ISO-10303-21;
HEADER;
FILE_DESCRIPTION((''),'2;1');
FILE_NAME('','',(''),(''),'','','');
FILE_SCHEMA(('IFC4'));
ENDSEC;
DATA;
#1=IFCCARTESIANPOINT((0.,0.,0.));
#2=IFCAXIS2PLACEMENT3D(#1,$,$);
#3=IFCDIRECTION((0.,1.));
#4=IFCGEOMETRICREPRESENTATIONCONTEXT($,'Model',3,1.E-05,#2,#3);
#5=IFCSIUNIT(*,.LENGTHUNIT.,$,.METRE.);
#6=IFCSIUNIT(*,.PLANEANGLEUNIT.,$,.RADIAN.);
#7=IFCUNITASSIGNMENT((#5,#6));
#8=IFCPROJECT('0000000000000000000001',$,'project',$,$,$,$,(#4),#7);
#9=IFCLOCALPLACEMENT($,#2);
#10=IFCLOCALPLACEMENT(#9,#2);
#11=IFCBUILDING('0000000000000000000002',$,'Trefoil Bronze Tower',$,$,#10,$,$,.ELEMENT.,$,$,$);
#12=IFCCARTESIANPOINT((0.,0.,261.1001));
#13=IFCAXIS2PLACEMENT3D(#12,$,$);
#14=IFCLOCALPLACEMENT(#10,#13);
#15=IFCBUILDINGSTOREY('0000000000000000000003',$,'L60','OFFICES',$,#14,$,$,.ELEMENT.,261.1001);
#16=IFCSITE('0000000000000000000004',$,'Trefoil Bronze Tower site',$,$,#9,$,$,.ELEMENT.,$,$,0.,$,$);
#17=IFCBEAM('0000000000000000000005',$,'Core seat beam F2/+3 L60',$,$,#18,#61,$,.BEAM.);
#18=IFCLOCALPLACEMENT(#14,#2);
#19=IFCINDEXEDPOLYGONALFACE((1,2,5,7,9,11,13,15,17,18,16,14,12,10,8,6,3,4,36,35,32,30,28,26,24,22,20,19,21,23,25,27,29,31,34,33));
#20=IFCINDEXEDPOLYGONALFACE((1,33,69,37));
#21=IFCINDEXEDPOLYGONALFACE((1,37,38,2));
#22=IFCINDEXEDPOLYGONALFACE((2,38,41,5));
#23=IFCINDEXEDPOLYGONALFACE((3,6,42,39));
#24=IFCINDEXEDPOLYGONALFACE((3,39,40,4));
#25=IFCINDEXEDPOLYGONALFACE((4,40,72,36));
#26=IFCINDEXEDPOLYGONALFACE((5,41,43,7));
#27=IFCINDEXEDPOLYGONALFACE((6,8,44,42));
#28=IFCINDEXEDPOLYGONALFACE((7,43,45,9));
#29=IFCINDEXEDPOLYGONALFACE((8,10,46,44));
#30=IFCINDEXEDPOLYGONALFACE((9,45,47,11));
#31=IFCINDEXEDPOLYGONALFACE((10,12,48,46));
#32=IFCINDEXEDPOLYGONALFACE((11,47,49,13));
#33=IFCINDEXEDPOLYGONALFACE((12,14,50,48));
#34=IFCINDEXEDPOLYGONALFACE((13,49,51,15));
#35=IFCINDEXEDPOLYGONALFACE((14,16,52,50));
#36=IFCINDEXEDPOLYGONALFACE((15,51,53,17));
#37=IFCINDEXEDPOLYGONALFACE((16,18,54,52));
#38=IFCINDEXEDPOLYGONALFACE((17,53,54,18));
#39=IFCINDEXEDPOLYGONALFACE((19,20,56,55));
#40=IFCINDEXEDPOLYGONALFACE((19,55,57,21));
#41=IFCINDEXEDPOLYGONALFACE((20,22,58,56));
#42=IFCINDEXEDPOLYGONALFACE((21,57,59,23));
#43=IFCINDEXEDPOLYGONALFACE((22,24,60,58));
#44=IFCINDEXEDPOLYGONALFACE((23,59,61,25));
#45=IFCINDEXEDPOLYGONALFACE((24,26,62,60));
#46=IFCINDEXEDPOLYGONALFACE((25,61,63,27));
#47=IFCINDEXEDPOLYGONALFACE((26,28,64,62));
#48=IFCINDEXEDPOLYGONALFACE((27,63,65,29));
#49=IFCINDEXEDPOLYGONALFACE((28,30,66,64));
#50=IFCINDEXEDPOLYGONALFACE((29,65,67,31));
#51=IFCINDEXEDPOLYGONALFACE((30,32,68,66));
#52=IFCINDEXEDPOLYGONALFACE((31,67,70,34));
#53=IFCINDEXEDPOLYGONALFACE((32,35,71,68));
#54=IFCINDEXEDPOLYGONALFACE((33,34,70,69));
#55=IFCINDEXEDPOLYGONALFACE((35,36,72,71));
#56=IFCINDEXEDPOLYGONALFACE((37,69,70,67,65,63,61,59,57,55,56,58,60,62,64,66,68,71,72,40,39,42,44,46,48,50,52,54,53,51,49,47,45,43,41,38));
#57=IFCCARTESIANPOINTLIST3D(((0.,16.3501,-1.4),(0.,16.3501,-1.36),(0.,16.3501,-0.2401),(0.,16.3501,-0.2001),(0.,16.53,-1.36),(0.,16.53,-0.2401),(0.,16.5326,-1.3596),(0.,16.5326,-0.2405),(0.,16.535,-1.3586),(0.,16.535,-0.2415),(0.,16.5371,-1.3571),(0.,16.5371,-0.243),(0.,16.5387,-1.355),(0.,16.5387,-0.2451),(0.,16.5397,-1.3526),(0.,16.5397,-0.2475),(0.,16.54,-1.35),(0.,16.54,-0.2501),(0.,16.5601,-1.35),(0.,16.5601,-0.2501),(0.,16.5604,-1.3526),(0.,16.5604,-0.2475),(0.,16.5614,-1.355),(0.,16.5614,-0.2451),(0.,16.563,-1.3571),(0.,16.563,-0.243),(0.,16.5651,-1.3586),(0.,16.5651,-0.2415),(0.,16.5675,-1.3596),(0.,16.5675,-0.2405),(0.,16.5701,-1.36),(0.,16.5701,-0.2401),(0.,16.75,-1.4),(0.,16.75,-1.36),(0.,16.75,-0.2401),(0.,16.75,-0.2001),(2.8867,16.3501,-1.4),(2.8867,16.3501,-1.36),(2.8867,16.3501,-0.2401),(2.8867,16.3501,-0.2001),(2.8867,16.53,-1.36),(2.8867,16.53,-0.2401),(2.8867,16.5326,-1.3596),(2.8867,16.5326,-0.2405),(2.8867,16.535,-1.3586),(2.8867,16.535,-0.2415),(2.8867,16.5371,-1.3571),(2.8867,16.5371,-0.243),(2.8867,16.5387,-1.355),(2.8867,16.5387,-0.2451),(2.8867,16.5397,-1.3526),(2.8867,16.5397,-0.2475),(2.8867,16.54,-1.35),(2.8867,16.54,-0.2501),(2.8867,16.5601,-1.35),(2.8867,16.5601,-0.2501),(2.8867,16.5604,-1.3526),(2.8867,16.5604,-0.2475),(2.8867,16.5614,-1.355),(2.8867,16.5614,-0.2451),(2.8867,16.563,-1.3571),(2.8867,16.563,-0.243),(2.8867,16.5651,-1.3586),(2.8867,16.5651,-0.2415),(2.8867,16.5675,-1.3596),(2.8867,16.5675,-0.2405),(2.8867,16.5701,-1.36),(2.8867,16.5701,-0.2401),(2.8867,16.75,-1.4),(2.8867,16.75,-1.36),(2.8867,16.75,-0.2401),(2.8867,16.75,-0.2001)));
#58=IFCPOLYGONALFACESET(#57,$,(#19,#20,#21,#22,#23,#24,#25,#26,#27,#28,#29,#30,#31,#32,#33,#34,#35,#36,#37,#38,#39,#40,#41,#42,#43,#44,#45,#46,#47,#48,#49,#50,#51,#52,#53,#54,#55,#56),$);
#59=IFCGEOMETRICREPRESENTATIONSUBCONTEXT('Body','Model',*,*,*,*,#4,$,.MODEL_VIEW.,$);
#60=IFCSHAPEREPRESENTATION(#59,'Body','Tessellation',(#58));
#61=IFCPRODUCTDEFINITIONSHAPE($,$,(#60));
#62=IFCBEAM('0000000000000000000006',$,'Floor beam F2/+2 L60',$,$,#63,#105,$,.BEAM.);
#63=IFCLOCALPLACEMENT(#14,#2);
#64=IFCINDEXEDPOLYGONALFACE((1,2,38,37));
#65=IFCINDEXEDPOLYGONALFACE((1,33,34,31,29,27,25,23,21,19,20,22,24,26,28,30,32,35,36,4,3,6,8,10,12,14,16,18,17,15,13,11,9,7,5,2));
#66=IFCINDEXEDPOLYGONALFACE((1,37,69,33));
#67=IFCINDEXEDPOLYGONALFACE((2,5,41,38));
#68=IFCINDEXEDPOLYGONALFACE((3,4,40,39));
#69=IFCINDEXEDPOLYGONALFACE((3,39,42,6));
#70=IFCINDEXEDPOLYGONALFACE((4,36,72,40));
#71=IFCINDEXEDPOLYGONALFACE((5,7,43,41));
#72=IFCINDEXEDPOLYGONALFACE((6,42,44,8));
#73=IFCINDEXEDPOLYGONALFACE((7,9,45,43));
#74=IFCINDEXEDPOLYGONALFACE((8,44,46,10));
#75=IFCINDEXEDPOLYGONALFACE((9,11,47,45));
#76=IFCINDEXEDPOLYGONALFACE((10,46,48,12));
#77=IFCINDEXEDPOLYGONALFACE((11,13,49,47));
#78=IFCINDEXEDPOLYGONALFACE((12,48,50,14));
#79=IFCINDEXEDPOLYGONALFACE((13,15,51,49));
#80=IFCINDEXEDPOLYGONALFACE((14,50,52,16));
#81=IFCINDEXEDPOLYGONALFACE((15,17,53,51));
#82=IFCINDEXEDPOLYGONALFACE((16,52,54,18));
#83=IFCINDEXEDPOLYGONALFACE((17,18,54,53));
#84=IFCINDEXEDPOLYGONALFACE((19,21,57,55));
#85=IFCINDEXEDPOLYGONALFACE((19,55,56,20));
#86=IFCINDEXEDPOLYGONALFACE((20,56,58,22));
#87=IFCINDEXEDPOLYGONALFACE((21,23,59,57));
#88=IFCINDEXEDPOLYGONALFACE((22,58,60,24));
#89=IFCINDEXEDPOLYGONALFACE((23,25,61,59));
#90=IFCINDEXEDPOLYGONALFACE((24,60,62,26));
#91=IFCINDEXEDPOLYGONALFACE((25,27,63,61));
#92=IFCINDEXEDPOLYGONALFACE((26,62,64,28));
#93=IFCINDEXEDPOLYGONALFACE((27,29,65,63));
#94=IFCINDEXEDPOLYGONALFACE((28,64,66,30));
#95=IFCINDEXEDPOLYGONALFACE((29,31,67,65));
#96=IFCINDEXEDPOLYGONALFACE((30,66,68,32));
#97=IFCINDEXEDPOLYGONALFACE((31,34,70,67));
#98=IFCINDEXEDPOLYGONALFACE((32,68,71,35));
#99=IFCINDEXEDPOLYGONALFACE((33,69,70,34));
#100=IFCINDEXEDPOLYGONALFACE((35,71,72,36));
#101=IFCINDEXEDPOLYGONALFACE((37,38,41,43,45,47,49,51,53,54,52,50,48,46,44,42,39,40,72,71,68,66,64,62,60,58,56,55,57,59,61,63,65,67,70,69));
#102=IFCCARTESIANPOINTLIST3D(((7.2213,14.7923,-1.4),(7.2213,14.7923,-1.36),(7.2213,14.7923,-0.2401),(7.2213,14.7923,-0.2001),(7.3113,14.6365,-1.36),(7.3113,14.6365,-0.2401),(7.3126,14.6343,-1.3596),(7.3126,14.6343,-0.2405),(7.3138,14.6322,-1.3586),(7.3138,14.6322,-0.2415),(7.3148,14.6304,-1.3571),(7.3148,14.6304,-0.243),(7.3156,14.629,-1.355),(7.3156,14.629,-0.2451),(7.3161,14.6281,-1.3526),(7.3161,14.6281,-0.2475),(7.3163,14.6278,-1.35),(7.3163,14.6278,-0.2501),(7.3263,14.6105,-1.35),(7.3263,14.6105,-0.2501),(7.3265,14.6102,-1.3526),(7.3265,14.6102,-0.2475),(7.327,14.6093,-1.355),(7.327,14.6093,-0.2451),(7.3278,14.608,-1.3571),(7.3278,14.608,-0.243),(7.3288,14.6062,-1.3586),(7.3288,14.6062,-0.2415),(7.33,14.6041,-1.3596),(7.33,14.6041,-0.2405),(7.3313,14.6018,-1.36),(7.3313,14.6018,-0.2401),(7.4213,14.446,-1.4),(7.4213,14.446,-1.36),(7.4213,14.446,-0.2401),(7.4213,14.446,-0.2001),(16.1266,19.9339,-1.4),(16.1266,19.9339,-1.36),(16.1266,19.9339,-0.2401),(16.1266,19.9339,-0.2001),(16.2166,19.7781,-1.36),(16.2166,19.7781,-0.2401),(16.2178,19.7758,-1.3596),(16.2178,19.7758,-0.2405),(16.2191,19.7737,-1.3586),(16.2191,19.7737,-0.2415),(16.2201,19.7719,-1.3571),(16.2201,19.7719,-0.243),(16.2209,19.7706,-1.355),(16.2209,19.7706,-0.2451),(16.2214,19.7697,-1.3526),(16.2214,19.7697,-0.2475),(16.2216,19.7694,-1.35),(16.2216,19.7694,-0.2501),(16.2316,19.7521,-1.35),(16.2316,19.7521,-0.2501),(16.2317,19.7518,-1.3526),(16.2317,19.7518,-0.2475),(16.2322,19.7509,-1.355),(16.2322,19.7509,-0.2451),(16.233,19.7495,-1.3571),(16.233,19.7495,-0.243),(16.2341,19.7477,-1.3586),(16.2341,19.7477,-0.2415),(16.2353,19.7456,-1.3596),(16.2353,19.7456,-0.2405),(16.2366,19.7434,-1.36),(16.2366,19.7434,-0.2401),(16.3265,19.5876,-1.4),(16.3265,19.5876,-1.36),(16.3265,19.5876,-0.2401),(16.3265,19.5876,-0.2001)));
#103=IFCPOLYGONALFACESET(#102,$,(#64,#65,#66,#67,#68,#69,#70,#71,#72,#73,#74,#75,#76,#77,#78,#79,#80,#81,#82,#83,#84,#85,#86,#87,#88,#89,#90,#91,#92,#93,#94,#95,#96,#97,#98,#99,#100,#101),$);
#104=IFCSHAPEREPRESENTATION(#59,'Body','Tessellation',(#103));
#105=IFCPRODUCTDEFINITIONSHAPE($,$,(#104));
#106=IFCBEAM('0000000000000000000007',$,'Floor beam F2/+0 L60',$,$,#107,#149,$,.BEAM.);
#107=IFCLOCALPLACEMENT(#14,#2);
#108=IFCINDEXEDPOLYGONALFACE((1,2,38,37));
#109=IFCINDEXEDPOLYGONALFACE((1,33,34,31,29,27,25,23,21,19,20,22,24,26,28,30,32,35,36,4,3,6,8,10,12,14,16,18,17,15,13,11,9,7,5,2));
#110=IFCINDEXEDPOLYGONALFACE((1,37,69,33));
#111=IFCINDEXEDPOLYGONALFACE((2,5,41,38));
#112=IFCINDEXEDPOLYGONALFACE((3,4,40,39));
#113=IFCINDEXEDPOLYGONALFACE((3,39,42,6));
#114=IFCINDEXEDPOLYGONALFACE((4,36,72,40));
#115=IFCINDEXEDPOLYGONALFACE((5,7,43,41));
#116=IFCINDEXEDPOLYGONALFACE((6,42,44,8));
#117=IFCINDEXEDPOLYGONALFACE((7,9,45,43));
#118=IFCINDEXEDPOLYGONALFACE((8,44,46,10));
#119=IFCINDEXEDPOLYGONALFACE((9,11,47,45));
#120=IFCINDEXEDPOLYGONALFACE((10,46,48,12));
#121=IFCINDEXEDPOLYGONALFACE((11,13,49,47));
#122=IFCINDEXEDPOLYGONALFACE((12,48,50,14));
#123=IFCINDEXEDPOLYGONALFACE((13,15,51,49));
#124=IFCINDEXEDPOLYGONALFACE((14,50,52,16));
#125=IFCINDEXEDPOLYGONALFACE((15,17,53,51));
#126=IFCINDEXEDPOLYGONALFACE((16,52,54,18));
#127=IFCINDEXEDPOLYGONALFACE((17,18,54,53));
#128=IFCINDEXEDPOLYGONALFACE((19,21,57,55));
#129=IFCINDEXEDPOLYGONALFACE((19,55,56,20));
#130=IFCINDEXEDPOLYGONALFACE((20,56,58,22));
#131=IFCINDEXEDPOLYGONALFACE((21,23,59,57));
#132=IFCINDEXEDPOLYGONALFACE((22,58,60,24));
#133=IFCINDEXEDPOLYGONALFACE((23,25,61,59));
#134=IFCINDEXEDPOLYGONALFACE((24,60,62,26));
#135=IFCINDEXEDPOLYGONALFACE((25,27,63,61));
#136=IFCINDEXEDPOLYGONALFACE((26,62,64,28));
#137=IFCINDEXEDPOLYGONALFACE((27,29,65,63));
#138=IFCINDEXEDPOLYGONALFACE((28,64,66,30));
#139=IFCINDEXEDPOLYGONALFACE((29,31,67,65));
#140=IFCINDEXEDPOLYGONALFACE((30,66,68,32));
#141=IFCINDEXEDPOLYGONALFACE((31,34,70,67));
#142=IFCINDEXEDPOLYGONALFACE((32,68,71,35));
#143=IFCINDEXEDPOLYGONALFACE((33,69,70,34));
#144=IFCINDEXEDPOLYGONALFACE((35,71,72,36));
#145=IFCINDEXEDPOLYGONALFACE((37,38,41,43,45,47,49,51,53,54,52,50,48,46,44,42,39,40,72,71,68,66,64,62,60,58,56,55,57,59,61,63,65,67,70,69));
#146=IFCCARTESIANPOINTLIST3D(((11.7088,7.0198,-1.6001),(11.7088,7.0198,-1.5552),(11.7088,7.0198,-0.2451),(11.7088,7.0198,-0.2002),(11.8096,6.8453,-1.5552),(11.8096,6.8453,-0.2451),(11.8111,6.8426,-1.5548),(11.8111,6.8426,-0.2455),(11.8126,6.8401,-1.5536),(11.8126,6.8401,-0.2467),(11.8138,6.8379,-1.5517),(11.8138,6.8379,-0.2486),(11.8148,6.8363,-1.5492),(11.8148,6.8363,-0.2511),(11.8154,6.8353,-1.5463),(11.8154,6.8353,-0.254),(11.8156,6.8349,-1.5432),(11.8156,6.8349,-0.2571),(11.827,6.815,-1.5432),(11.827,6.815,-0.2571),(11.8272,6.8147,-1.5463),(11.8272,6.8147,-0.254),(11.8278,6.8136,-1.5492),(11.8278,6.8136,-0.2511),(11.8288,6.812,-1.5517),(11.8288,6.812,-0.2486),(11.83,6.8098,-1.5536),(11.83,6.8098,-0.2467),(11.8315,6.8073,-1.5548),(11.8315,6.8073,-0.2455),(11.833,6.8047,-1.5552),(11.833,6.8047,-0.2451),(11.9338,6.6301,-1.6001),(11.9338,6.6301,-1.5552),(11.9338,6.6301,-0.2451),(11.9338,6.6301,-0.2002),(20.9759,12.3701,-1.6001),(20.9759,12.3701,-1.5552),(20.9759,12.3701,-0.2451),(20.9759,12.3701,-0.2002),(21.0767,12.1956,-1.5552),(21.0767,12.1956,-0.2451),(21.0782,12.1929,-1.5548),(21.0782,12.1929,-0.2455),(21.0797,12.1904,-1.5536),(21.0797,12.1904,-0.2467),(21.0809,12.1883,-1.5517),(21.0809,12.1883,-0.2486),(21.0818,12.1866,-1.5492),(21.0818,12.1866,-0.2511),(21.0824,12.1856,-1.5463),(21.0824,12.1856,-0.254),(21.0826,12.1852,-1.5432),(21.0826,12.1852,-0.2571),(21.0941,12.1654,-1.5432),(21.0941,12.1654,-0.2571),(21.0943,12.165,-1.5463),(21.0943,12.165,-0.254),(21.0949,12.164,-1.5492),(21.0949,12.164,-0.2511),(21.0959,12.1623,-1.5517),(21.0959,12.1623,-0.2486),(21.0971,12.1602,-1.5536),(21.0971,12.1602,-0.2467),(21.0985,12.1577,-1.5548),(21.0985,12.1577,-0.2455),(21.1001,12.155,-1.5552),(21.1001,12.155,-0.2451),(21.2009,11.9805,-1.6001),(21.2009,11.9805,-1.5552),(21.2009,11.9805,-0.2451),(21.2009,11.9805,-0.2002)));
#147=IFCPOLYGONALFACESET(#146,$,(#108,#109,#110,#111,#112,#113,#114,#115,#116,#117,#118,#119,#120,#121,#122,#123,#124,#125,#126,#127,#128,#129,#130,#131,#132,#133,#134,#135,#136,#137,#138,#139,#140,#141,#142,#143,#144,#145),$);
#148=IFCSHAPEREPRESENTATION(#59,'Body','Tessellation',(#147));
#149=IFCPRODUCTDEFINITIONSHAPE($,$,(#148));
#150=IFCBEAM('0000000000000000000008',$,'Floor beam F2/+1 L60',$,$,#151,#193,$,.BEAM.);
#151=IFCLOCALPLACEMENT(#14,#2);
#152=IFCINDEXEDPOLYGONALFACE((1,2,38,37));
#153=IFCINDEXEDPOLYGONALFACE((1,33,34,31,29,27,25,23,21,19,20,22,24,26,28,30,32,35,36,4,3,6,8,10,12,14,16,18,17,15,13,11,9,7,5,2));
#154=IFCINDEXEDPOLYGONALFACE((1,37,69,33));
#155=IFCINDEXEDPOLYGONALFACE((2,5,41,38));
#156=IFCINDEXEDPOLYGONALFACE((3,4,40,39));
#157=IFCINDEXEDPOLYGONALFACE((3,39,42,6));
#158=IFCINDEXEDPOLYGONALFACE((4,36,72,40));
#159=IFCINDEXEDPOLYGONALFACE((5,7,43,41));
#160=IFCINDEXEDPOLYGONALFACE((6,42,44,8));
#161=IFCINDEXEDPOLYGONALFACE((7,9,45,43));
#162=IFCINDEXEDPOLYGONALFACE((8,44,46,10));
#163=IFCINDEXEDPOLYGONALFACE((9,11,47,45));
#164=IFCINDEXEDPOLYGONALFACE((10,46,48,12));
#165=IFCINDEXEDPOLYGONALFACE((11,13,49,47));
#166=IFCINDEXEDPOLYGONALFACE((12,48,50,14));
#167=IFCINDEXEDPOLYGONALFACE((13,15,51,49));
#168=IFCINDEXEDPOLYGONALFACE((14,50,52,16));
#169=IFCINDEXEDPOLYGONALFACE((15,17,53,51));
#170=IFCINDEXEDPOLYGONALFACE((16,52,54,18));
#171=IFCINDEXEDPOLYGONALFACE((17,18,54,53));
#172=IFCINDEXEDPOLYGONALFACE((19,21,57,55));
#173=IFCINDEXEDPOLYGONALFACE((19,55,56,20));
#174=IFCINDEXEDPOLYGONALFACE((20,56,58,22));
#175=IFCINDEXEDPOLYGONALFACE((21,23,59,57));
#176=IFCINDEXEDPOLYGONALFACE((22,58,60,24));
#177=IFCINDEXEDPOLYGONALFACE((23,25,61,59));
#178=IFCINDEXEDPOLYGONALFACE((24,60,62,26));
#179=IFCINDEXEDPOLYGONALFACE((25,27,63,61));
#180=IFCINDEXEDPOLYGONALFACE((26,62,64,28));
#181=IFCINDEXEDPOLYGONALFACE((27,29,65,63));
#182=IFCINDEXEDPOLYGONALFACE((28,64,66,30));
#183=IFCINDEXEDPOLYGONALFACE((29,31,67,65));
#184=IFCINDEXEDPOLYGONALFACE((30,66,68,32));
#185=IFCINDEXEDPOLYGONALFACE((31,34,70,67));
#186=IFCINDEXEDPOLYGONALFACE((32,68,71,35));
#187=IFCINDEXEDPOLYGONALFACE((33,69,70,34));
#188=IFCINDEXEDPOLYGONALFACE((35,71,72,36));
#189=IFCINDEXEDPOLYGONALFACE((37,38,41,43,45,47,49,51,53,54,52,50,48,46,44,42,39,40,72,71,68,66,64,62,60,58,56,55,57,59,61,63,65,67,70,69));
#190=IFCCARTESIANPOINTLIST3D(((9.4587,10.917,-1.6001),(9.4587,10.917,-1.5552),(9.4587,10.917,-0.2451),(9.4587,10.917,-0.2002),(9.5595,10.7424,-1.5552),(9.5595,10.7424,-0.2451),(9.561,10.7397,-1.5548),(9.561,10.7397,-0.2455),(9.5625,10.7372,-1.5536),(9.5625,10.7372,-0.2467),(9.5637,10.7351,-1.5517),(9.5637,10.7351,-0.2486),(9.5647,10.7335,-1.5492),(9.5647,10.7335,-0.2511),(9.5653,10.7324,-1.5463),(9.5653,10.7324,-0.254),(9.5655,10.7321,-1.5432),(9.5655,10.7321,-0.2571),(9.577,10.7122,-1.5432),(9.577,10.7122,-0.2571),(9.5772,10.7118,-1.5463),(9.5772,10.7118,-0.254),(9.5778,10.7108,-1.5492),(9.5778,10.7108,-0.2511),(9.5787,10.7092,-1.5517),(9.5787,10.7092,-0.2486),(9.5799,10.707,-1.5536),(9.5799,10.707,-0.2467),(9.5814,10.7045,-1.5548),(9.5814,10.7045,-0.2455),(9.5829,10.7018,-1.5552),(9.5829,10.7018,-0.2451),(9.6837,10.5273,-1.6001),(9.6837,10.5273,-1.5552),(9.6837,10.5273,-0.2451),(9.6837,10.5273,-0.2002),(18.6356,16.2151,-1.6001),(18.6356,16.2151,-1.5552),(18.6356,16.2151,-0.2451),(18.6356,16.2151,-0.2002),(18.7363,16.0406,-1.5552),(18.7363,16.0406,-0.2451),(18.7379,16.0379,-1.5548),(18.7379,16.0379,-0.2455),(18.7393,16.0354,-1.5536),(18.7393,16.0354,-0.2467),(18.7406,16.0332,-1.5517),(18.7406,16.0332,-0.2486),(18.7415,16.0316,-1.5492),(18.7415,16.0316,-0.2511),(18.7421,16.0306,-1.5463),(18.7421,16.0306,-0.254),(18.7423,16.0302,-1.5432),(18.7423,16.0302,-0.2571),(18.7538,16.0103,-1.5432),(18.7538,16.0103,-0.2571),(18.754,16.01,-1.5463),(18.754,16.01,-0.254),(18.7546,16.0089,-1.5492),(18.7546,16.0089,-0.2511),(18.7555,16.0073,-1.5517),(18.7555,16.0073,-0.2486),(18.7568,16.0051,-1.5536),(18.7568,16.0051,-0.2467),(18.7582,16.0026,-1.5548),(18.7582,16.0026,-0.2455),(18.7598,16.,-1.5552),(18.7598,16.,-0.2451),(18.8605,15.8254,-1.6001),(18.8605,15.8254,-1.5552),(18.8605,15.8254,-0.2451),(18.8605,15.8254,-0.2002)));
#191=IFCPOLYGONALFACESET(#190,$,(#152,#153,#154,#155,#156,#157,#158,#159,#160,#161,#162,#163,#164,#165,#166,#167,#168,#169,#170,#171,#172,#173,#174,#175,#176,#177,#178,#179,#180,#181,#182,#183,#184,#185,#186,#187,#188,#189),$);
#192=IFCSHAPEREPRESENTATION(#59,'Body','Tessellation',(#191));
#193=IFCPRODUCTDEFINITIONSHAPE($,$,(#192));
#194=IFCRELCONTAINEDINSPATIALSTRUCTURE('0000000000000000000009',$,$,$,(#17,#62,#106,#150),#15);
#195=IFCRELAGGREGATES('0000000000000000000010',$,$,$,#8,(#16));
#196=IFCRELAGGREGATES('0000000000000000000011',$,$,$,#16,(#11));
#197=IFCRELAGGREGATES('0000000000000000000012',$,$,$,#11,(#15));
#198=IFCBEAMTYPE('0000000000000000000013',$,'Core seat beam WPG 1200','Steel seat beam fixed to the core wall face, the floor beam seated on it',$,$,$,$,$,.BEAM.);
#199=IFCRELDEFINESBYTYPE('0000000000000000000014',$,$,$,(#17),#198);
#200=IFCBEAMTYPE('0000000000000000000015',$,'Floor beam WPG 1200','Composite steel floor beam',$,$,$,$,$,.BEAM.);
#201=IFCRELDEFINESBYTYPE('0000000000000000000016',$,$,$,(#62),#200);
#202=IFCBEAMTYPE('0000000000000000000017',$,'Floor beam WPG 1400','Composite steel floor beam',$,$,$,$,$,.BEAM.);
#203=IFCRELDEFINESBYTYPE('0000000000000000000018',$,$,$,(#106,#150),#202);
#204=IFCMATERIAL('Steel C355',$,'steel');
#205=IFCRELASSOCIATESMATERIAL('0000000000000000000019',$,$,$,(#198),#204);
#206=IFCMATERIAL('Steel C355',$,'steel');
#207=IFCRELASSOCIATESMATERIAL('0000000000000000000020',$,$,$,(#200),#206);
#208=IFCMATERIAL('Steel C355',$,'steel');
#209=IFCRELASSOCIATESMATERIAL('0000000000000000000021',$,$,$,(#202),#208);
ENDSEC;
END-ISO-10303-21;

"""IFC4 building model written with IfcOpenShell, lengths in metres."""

from ifc_helpers import new_model, si_unit, direction, frame, origin, origin_2d, place, context, subcontext, project, spatial, i_section, extrude, material, material_profile, profile_set, type_object, element, save


model = new_model("IFC4")

# Units and contexts
model_context = context("Model", 3, precision=1e-05, world=origin(), true_north=direction((0.0, 1.0)))
body_context = subcontext(model_context, "Body", "Model", "MODEL_VIEW")
ifc_project = project(units=[si_unit("LENGTHUNIT", "METRE"), si_unit("PLANEANGLEUNIT", "RADIAN")], contexts=[model_context])

# Site, building, storey
site_placement = place(None, origin())
site = spatial("IfcSite", under=ifc_project, at=site_placement, Name="Trefoil Bronze Tower site", CompositionType="ELEMENT", RefElevation=0.0)
building_placement = place(site_placement, origin())
building = spatial("IfcBuilding", under=site, at=building_placement, Name="Trefoil Bronze Tower", CompositionType="ELEMENT")
storey_placement = place(building_placement, frame((0.0, 0.0, 261.1001)))
storey = spatial("IfcBuildingStorey", under=building, at=storey_placement, Name="L60", Description="OFFICES", CompositionType="ELEMENT", Elevation=261.1001)

# Beams
ifc_material_1 = material(Name="Steel C355", Category="steel")
ifc_material_profile_1 = material_profile(ifc_material_1, i_section(OverallWidth=0.3999, OverallDepth=1.2, WebThickness=0.02, FlangeThickness=0.04, FilletRadius=0.01, at=origin_2d()), Name="WPG 1200")
ifc_profile_set_1 = profile_set([ifc_material_profile_1], Name="Steel C355")
beam_type_1 = type_object("IfcBeamType", Name="Core seat beam WPG 1200", Description="Steel seat beam fixed to the core wall face, the floor beam seated on it", PredefinedType="BEAM", material=ifc_profile_set_1)
beam_1_placement = place(storey_placement, frame((2.8867, 16.55, -0.8), z_axis=(-1.0, 0.0, 0.0), x_axis=(0.0, -1.0, 0.0)))
element("IfcBeam", 1, at=beam_1_placement, inside=storey, type_object=beam_type_1, Name="Core seat beam F2/+3 L60", PredefinedType="BEAM", context=body_context, shape_type="SweptSolid", body=[
    extrude(i_section(OverallWidth=0.3999, OverallDepth=1.2, WebThickness=0.02, FlangeThickness=0.04, FilletRadius=0.01, at=origin_2d()), origin(), (0.0, 0.0, 1.0), 2.8867),
])
ifc_material_2 = material(Name="Steel C355", Category="steel")
ifc_material_profile_2 = material_profile(ifc_material_2, i_section(OverallWidth=0.3999, OverallDepth=1.2, WebThickness=0.02, FlangeThickness=0.04, FilletRadius=0.01, at=origin_2d()), Name="WPG 1200")
ifc_profile_set_2 = profile_set([ifc_material_profile_2], Name="Steel C355")
beam_type_2 = type_object("IfcBeamType", Name="Floor beam WPG 1200", Description="Composite steel floor beam", PredefinedType="BEAM", material=ifc_profile_set_2)
beam_2_placement = place(storey_placement, frame((16.2266, 19.7607, -0.8), z_axis=(-0.86602, -0.50001, 0.0), x_axis=(0.50001, -0.86602, 0.0)))
element("IfcBeam", 2, at=beam_2_placement, inside=storey, type_object=beam_type_2, Name="Floor beam F2/+2 L60", PredefinedType="BEAM", context=body_context, shape_type="SweptSolid", body=[
    extrude(i_section(OverallWidth=0.3999, OverallDepth=1.2, WebThickness=0.02, FlangeThickness=0.04, FilletRadius=0.01, at=origin_2d()), origin(), (0.0, 0.0, 1.0), 10.283),
])
ifc_material_3 = material(Name="Steel C355", Category="steel")
ifc_material_profile_3 = material_profile(ifc_material_3, i_section(OverallWidth=0.45, OverallDepth=1.3999, WebThickness=0.0229, FlangeThickness=0.0449, FilletRadius=0.012, at=origin_2d()), Name="WPG 1400")
ifc_profile_set_3 = profile_set([ifc_material_profile_3], Name="Steel C355")
beam_type_3 = type_object("IfcBeamType", Name="Floor beam WPG 1400", Description="Composite steel floor beam", PredefinedType="BEAM", material=ifc_profile_set_3)
beam_3_placement = place(storey_placement, frame((21.0884, 12.1753, -0.9001), z_axis=(-0.866026, -0.499999, 0.0), x_axis=(0.499999, -0.866026, 0.0)))
element("IfcBeam", 3, at=beam_3_placement, inside=storey, type_object=beam_type_3, Name="Floor beam F2/+0 L60", PredefinedType="BEAM", context=body_context, shape_type="SweptSolid", body=[
    extrude(i_section(OverallWidth=0.45, OverallDepth=1.3999, WebThickness=0.0229, FlangeThickness=0.0449, FilletRadius=0.012, at=origin_2d()), origin(), (0.0, 0.0, 1.0), 10.7007),
])
beam_4_placement = place(storey_placement, frame((18.748, 16.0203, -0.9001), z_axis=(-0.86603, -0.499992, 0.0), x_axis=(0.499992, -0.86603, 0.0)))
element("IfcBeam", 4, at=beam_4_placement, inside=storey, type_object=beam_type_3, Name="Floor beam F2/+1 L60", PredefinedType="BEAM", context=body_context, shape_type="SweptSolid", body=[
    extrude(i_section(OverallWidth=0.45, OverallDepth=1.3999, WebThickness=0.0229, FlangeThickness=0.0449, FilletRadius=0.012, at=origin_2d()), origin(), (0.0, 0.0, 1.0), 10.5964),
])

save(model, "model.ifc")
